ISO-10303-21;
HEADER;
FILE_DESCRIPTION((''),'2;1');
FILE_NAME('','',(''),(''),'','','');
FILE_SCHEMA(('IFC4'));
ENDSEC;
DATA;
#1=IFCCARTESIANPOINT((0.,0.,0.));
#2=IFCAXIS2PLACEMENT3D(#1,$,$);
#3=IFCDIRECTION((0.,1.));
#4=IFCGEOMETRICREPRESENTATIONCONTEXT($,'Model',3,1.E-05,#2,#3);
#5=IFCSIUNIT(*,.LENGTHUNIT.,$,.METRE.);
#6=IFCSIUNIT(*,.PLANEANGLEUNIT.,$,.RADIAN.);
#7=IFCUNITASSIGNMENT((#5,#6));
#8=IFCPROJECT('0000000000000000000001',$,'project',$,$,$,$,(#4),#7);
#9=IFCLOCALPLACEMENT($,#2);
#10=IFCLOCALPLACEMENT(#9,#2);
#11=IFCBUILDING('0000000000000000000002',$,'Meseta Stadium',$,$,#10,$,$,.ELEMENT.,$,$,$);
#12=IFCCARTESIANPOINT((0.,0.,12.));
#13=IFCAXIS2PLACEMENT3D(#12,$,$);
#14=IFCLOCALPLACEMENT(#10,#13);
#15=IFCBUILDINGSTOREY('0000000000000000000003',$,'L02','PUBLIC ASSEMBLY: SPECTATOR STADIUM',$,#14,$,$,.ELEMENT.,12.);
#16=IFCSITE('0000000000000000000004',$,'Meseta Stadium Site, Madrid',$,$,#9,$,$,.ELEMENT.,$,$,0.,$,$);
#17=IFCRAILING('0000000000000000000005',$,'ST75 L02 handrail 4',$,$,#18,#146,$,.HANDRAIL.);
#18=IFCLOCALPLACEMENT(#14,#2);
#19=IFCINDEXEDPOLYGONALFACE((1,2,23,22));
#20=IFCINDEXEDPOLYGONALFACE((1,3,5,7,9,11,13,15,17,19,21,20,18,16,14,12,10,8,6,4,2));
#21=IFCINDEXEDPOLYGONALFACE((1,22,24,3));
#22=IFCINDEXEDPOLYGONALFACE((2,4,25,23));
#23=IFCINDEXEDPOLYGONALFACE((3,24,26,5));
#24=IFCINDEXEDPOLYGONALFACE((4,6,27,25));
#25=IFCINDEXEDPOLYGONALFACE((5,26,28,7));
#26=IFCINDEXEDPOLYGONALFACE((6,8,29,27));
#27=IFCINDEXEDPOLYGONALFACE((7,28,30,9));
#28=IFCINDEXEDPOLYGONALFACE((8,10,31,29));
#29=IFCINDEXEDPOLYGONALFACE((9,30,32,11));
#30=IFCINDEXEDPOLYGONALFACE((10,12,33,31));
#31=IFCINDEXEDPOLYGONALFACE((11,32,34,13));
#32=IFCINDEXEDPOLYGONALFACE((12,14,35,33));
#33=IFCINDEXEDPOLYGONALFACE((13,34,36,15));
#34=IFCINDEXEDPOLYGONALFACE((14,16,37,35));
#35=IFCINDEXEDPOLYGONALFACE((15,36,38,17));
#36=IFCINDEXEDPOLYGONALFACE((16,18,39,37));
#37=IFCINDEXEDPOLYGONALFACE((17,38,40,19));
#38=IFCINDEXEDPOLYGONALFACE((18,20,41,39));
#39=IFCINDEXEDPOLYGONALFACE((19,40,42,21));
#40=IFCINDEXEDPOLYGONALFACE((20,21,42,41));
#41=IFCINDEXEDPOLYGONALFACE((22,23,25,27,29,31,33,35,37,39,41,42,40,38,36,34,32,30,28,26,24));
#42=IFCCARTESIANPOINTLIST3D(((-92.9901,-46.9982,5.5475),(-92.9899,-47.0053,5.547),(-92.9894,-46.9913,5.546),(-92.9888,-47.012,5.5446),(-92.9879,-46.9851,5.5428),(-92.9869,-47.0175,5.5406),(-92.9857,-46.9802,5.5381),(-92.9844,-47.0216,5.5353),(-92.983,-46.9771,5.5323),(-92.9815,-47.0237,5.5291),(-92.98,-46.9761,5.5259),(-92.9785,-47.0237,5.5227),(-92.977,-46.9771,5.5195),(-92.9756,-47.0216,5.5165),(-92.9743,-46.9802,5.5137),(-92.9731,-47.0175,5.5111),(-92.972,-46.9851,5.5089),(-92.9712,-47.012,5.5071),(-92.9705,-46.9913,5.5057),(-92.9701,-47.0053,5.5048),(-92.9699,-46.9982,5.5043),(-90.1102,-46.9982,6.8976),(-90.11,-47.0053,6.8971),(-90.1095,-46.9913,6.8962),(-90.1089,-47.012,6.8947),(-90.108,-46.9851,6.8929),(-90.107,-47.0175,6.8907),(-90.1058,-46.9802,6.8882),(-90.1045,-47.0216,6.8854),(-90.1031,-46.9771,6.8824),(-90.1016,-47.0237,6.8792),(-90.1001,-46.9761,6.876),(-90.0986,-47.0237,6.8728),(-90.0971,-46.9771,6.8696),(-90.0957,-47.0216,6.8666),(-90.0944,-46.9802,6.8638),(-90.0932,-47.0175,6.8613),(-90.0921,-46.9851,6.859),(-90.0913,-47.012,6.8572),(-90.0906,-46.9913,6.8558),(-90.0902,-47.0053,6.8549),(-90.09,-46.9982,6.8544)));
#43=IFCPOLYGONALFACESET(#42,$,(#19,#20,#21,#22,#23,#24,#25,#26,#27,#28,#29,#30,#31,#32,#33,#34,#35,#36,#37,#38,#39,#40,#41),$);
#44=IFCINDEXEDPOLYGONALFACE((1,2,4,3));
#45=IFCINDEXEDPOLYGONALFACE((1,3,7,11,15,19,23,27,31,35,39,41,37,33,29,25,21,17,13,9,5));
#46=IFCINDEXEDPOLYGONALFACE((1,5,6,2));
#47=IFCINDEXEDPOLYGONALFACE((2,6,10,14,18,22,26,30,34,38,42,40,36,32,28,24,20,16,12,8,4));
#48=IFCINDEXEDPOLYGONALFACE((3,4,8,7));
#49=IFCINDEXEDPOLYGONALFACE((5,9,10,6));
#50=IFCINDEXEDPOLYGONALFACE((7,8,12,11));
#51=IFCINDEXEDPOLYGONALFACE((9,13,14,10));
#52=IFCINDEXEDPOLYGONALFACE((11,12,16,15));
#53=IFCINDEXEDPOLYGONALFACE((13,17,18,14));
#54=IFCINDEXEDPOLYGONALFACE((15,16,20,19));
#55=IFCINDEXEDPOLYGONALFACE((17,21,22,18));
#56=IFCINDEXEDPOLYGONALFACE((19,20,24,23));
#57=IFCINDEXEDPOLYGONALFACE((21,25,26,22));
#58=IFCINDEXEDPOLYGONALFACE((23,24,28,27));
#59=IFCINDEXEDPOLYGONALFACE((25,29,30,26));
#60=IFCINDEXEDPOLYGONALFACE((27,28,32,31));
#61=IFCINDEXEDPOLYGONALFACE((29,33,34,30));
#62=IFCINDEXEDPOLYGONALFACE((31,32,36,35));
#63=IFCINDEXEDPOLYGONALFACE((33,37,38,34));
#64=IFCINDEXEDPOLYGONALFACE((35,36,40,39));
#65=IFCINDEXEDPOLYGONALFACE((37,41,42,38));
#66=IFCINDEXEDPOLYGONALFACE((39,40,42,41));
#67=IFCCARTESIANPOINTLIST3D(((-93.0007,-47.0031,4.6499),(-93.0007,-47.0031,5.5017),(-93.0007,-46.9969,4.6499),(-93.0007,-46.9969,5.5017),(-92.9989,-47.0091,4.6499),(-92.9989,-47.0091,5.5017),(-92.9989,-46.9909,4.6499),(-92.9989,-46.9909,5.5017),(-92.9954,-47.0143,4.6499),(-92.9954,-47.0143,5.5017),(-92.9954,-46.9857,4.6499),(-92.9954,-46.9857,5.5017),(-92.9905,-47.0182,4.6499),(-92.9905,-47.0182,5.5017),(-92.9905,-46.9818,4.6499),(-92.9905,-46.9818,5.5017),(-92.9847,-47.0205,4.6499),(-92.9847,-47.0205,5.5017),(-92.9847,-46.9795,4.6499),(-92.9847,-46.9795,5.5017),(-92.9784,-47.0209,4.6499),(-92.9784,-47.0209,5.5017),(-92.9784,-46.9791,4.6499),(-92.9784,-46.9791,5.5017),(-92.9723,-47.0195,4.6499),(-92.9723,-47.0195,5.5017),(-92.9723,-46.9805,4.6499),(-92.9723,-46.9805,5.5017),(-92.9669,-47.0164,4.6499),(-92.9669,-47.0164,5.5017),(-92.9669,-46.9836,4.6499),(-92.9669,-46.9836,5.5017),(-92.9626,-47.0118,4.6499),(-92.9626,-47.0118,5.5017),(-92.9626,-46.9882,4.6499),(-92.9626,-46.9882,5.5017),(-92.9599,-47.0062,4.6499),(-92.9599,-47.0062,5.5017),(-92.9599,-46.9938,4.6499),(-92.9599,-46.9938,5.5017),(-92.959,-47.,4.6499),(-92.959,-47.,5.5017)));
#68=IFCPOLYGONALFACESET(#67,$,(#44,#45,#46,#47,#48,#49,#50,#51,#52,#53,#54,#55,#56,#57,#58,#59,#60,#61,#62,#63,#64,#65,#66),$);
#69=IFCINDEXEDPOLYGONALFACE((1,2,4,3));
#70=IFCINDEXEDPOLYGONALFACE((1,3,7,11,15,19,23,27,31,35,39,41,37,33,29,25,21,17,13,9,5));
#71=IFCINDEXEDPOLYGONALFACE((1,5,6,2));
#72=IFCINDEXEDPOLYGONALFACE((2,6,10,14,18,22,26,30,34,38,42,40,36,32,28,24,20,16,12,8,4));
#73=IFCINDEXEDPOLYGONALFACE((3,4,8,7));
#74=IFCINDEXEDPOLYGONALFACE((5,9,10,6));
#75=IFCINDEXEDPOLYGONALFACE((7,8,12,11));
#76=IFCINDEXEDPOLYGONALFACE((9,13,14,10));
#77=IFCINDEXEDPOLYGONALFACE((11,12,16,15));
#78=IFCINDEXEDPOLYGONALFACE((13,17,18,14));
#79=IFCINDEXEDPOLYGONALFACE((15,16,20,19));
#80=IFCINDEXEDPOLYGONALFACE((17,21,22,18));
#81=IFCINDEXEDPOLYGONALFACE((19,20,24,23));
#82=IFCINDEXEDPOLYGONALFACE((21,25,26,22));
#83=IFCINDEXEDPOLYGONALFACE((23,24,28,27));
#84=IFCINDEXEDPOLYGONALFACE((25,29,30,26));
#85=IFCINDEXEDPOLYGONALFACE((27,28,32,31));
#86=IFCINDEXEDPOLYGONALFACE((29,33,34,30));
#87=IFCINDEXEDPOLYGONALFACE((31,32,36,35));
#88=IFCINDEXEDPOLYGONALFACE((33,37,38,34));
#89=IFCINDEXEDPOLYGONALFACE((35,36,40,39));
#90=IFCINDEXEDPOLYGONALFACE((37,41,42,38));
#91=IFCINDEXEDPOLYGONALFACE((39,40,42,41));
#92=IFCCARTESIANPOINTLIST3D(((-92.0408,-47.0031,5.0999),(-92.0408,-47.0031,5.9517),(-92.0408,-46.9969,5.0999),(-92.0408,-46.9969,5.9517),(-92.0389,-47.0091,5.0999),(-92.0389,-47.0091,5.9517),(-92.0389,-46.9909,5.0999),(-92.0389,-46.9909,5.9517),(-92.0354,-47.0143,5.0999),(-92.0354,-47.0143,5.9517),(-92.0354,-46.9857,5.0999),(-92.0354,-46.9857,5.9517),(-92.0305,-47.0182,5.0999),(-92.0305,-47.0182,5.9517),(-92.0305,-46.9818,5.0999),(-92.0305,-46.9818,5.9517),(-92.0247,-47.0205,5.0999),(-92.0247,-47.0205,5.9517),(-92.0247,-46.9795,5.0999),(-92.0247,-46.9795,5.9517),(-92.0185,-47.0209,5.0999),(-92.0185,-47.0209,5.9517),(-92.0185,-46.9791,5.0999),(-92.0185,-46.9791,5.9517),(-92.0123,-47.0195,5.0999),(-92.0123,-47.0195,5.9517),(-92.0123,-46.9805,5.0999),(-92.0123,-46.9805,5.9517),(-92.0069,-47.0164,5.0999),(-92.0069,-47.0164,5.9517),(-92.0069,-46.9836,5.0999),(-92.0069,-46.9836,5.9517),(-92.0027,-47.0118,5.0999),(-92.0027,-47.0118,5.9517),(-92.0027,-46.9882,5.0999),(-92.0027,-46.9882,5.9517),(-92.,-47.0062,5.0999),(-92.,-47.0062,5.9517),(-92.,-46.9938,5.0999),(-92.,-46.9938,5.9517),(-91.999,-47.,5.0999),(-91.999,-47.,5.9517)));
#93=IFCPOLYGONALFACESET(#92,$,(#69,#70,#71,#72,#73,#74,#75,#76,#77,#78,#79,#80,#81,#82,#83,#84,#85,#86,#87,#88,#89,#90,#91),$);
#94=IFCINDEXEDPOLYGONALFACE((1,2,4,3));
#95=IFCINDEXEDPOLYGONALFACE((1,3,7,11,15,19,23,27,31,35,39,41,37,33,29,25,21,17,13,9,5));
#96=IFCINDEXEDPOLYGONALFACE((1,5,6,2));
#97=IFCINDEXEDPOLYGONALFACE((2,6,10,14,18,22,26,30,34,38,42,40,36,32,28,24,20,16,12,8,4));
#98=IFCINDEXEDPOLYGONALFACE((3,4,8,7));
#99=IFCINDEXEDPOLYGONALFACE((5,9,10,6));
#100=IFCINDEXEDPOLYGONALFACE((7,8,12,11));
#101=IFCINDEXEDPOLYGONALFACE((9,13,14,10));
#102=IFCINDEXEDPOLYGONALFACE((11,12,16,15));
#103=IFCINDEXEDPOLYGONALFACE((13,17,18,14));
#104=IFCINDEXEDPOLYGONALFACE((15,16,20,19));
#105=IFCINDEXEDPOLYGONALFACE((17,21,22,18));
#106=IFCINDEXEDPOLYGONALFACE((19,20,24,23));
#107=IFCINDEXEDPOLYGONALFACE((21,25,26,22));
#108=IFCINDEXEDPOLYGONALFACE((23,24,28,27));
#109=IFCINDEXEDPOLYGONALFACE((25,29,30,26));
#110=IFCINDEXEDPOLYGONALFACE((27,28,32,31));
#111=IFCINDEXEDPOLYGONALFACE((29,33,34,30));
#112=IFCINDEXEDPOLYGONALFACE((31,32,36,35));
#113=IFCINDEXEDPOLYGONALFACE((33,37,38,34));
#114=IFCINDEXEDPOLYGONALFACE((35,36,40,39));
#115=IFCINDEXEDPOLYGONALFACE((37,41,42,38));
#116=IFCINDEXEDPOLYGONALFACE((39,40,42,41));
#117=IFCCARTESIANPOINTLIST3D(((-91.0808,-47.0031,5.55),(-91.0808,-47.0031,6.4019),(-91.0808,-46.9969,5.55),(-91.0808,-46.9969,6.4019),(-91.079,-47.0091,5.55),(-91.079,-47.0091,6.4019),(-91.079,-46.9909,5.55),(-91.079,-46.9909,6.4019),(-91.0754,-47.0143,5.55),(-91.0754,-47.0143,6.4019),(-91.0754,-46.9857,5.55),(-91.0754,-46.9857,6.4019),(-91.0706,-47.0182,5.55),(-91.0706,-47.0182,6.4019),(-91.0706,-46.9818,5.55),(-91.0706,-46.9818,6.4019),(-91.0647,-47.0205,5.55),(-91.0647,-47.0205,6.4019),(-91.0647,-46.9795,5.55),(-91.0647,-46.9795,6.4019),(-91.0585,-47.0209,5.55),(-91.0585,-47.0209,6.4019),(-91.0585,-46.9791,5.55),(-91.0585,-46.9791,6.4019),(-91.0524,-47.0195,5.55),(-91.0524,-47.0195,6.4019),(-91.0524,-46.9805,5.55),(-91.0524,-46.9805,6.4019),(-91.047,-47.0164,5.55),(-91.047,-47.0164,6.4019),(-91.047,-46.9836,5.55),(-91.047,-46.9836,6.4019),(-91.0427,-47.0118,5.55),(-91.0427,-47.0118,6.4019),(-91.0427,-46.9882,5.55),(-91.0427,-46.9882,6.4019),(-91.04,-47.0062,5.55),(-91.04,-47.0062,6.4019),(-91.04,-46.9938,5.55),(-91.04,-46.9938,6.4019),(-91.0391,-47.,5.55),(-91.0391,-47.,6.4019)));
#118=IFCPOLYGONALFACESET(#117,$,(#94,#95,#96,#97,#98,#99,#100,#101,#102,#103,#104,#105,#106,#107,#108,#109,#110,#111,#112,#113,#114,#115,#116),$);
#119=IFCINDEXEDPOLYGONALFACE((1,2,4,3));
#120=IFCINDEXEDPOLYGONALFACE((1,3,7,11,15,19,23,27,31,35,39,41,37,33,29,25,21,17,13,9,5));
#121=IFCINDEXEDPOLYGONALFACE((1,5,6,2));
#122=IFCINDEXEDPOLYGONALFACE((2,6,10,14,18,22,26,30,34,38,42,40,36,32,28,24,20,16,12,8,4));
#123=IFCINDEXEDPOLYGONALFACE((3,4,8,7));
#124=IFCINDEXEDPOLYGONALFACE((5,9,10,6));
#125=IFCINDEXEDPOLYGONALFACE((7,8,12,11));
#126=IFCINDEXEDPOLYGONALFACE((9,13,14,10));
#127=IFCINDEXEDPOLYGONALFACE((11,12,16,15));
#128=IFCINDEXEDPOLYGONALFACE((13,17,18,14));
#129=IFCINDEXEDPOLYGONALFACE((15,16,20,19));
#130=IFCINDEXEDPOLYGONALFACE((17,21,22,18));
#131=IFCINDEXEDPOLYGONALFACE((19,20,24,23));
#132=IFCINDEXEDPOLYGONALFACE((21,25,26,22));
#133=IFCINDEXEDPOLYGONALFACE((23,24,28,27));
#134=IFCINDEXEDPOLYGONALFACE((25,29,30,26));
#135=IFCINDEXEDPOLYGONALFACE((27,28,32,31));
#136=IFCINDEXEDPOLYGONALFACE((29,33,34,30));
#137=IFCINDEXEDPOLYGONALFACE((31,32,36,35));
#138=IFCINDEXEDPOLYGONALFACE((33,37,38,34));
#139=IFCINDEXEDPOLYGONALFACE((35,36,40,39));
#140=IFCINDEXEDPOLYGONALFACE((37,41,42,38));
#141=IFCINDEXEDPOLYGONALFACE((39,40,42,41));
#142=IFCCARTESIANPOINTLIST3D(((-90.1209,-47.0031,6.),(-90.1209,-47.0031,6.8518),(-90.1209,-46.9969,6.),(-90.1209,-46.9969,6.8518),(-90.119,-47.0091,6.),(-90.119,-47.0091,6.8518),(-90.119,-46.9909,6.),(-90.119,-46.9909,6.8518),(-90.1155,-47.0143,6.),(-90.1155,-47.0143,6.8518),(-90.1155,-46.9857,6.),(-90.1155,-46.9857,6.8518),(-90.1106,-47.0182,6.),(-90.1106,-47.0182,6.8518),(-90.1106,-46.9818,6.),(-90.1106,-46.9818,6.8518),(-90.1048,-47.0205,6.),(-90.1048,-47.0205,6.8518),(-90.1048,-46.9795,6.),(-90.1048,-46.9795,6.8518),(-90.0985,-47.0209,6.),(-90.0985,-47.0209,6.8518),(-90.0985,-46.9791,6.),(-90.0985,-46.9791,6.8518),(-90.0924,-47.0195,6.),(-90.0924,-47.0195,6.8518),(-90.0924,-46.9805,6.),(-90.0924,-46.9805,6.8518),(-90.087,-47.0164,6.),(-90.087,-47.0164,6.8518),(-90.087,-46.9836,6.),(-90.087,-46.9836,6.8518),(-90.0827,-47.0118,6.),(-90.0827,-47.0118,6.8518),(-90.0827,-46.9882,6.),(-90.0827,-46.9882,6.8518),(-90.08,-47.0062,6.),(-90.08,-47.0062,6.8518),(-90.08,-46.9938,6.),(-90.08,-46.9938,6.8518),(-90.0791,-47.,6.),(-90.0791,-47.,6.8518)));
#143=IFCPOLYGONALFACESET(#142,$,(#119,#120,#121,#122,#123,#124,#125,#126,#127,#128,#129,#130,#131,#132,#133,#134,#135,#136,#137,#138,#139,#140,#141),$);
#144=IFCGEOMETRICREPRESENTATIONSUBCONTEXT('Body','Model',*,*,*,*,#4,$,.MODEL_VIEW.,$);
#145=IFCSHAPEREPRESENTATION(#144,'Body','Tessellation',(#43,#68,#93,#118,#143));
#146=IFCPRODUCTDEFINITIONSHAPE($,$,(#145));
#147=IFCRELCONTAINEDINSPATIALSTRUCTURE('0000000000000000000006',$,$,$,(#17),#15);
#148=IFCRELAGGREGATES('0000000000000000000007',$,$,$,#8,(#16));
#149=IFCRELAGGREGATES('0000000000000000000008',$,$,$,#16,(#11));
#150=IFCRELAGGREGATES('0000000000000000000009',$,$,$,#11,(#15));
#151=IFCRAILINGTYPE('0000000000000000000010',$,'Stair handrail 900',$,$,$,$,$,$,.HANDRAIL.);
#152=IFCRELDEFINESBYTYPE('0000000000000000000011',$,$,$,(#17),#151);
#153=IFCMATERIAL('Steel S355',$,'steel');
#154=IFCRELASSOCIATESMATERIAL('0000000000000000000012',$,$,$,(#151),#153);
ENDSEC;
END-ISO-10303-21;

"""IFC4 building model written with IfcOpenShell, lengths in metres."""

from ifc_helpers import new_model, si_unit, direction, frame, origin, origin_2d, place, context, subcontext, project, spatial, circle, extrude, material, type_object, element, save


model = new_model("IFC4")

# Units and contexts
model_context = context("Model", 3, precision=1e-05, world=origin(), true_north=direction((0.0, 1.0)))
body_context = subcontext(model_context, "Body", "Model", "MODEL_VIEW")
ifc_project = project(units=[si_unit("LENGTHUNIT", "METRE"), si_unit("PLANEANGLEUNIT", "RADIAN")], contexts=[model_context])

# Site, building, storey
site_placement = place(None, origin())
site = spatial("IfcSite", under=ifc_project, at=site_placement, Name="Meseta Stadium Site, Madrid", CompositionType="ELEMENT", RefElevation=0.0)
building_placement = place(site_placement, origin())
building = spatial("IfcBuilding", under=site, at=building_placement, Name="Meseta Stadium", CompositionType="ELEMENT")
storey_placement = place(building_placement, frame((0.0, 0.0, 12.0)))
storey = spatial("IfcBuildingStorey", under=building, at=storey_placement, Name="L02", Description="PUBLIC ASSEMBLY: SPECTATOR STADIUM", CompositionType="ELEMENT", Elevation=12.0)

# Railing
ifc_material_1 = material(Name="Steel S355", Category="steel")
railing_type_1 = type_object("IfcRailingType", Name="Stair handrail 900", PredefinedType="HANDRAIL", material=ifc_material_1)
railing_1_placement = place(storey_placement, frame((-92.98, -47.0, 4.6499)))
element("IfcRailing", 1, at=railing_1_placement, inside=storey, type_object=railing_type_1, Name="ST75 L02 handrail 4", PredefinedType="HANDRAIL", context=body_context, shape_type="SweptSolid", body=[
    extrude(circle(Radius=0.0239, at=origin_2d()), frame((0.0, 0.0, 0.876), z_axis=(0.90544, 0.0, 0.424473), x_axis=(0.0, 1.0, 0.0)), (0.0, 0.0, 1.0), 3.1807),
    extrude(circle(Radius=0.021, at=origin_2d()), origin(), (0.0, 0.0, 1.0), 0.8518),
    extrude(circle(Radius=0.021, at=origin_2d()), frame((0.96, 0.0, 0.45)), (0.0, 0.0, 1.0), 0.8518),
    extrude(circle(Radius=0.021, at=origin_2d()), frame((1.9199, 0.0, 0.9001)), (0.0, 0.0, 1.0), 0.8518),
    extrude(circle(Radius=0.021, at=origin_2d()), frame((2.8799, 0.0, 1.3501)), (0.0, 0.0, 1.0), 0.8518),
])

save(model, "model.ifc")
